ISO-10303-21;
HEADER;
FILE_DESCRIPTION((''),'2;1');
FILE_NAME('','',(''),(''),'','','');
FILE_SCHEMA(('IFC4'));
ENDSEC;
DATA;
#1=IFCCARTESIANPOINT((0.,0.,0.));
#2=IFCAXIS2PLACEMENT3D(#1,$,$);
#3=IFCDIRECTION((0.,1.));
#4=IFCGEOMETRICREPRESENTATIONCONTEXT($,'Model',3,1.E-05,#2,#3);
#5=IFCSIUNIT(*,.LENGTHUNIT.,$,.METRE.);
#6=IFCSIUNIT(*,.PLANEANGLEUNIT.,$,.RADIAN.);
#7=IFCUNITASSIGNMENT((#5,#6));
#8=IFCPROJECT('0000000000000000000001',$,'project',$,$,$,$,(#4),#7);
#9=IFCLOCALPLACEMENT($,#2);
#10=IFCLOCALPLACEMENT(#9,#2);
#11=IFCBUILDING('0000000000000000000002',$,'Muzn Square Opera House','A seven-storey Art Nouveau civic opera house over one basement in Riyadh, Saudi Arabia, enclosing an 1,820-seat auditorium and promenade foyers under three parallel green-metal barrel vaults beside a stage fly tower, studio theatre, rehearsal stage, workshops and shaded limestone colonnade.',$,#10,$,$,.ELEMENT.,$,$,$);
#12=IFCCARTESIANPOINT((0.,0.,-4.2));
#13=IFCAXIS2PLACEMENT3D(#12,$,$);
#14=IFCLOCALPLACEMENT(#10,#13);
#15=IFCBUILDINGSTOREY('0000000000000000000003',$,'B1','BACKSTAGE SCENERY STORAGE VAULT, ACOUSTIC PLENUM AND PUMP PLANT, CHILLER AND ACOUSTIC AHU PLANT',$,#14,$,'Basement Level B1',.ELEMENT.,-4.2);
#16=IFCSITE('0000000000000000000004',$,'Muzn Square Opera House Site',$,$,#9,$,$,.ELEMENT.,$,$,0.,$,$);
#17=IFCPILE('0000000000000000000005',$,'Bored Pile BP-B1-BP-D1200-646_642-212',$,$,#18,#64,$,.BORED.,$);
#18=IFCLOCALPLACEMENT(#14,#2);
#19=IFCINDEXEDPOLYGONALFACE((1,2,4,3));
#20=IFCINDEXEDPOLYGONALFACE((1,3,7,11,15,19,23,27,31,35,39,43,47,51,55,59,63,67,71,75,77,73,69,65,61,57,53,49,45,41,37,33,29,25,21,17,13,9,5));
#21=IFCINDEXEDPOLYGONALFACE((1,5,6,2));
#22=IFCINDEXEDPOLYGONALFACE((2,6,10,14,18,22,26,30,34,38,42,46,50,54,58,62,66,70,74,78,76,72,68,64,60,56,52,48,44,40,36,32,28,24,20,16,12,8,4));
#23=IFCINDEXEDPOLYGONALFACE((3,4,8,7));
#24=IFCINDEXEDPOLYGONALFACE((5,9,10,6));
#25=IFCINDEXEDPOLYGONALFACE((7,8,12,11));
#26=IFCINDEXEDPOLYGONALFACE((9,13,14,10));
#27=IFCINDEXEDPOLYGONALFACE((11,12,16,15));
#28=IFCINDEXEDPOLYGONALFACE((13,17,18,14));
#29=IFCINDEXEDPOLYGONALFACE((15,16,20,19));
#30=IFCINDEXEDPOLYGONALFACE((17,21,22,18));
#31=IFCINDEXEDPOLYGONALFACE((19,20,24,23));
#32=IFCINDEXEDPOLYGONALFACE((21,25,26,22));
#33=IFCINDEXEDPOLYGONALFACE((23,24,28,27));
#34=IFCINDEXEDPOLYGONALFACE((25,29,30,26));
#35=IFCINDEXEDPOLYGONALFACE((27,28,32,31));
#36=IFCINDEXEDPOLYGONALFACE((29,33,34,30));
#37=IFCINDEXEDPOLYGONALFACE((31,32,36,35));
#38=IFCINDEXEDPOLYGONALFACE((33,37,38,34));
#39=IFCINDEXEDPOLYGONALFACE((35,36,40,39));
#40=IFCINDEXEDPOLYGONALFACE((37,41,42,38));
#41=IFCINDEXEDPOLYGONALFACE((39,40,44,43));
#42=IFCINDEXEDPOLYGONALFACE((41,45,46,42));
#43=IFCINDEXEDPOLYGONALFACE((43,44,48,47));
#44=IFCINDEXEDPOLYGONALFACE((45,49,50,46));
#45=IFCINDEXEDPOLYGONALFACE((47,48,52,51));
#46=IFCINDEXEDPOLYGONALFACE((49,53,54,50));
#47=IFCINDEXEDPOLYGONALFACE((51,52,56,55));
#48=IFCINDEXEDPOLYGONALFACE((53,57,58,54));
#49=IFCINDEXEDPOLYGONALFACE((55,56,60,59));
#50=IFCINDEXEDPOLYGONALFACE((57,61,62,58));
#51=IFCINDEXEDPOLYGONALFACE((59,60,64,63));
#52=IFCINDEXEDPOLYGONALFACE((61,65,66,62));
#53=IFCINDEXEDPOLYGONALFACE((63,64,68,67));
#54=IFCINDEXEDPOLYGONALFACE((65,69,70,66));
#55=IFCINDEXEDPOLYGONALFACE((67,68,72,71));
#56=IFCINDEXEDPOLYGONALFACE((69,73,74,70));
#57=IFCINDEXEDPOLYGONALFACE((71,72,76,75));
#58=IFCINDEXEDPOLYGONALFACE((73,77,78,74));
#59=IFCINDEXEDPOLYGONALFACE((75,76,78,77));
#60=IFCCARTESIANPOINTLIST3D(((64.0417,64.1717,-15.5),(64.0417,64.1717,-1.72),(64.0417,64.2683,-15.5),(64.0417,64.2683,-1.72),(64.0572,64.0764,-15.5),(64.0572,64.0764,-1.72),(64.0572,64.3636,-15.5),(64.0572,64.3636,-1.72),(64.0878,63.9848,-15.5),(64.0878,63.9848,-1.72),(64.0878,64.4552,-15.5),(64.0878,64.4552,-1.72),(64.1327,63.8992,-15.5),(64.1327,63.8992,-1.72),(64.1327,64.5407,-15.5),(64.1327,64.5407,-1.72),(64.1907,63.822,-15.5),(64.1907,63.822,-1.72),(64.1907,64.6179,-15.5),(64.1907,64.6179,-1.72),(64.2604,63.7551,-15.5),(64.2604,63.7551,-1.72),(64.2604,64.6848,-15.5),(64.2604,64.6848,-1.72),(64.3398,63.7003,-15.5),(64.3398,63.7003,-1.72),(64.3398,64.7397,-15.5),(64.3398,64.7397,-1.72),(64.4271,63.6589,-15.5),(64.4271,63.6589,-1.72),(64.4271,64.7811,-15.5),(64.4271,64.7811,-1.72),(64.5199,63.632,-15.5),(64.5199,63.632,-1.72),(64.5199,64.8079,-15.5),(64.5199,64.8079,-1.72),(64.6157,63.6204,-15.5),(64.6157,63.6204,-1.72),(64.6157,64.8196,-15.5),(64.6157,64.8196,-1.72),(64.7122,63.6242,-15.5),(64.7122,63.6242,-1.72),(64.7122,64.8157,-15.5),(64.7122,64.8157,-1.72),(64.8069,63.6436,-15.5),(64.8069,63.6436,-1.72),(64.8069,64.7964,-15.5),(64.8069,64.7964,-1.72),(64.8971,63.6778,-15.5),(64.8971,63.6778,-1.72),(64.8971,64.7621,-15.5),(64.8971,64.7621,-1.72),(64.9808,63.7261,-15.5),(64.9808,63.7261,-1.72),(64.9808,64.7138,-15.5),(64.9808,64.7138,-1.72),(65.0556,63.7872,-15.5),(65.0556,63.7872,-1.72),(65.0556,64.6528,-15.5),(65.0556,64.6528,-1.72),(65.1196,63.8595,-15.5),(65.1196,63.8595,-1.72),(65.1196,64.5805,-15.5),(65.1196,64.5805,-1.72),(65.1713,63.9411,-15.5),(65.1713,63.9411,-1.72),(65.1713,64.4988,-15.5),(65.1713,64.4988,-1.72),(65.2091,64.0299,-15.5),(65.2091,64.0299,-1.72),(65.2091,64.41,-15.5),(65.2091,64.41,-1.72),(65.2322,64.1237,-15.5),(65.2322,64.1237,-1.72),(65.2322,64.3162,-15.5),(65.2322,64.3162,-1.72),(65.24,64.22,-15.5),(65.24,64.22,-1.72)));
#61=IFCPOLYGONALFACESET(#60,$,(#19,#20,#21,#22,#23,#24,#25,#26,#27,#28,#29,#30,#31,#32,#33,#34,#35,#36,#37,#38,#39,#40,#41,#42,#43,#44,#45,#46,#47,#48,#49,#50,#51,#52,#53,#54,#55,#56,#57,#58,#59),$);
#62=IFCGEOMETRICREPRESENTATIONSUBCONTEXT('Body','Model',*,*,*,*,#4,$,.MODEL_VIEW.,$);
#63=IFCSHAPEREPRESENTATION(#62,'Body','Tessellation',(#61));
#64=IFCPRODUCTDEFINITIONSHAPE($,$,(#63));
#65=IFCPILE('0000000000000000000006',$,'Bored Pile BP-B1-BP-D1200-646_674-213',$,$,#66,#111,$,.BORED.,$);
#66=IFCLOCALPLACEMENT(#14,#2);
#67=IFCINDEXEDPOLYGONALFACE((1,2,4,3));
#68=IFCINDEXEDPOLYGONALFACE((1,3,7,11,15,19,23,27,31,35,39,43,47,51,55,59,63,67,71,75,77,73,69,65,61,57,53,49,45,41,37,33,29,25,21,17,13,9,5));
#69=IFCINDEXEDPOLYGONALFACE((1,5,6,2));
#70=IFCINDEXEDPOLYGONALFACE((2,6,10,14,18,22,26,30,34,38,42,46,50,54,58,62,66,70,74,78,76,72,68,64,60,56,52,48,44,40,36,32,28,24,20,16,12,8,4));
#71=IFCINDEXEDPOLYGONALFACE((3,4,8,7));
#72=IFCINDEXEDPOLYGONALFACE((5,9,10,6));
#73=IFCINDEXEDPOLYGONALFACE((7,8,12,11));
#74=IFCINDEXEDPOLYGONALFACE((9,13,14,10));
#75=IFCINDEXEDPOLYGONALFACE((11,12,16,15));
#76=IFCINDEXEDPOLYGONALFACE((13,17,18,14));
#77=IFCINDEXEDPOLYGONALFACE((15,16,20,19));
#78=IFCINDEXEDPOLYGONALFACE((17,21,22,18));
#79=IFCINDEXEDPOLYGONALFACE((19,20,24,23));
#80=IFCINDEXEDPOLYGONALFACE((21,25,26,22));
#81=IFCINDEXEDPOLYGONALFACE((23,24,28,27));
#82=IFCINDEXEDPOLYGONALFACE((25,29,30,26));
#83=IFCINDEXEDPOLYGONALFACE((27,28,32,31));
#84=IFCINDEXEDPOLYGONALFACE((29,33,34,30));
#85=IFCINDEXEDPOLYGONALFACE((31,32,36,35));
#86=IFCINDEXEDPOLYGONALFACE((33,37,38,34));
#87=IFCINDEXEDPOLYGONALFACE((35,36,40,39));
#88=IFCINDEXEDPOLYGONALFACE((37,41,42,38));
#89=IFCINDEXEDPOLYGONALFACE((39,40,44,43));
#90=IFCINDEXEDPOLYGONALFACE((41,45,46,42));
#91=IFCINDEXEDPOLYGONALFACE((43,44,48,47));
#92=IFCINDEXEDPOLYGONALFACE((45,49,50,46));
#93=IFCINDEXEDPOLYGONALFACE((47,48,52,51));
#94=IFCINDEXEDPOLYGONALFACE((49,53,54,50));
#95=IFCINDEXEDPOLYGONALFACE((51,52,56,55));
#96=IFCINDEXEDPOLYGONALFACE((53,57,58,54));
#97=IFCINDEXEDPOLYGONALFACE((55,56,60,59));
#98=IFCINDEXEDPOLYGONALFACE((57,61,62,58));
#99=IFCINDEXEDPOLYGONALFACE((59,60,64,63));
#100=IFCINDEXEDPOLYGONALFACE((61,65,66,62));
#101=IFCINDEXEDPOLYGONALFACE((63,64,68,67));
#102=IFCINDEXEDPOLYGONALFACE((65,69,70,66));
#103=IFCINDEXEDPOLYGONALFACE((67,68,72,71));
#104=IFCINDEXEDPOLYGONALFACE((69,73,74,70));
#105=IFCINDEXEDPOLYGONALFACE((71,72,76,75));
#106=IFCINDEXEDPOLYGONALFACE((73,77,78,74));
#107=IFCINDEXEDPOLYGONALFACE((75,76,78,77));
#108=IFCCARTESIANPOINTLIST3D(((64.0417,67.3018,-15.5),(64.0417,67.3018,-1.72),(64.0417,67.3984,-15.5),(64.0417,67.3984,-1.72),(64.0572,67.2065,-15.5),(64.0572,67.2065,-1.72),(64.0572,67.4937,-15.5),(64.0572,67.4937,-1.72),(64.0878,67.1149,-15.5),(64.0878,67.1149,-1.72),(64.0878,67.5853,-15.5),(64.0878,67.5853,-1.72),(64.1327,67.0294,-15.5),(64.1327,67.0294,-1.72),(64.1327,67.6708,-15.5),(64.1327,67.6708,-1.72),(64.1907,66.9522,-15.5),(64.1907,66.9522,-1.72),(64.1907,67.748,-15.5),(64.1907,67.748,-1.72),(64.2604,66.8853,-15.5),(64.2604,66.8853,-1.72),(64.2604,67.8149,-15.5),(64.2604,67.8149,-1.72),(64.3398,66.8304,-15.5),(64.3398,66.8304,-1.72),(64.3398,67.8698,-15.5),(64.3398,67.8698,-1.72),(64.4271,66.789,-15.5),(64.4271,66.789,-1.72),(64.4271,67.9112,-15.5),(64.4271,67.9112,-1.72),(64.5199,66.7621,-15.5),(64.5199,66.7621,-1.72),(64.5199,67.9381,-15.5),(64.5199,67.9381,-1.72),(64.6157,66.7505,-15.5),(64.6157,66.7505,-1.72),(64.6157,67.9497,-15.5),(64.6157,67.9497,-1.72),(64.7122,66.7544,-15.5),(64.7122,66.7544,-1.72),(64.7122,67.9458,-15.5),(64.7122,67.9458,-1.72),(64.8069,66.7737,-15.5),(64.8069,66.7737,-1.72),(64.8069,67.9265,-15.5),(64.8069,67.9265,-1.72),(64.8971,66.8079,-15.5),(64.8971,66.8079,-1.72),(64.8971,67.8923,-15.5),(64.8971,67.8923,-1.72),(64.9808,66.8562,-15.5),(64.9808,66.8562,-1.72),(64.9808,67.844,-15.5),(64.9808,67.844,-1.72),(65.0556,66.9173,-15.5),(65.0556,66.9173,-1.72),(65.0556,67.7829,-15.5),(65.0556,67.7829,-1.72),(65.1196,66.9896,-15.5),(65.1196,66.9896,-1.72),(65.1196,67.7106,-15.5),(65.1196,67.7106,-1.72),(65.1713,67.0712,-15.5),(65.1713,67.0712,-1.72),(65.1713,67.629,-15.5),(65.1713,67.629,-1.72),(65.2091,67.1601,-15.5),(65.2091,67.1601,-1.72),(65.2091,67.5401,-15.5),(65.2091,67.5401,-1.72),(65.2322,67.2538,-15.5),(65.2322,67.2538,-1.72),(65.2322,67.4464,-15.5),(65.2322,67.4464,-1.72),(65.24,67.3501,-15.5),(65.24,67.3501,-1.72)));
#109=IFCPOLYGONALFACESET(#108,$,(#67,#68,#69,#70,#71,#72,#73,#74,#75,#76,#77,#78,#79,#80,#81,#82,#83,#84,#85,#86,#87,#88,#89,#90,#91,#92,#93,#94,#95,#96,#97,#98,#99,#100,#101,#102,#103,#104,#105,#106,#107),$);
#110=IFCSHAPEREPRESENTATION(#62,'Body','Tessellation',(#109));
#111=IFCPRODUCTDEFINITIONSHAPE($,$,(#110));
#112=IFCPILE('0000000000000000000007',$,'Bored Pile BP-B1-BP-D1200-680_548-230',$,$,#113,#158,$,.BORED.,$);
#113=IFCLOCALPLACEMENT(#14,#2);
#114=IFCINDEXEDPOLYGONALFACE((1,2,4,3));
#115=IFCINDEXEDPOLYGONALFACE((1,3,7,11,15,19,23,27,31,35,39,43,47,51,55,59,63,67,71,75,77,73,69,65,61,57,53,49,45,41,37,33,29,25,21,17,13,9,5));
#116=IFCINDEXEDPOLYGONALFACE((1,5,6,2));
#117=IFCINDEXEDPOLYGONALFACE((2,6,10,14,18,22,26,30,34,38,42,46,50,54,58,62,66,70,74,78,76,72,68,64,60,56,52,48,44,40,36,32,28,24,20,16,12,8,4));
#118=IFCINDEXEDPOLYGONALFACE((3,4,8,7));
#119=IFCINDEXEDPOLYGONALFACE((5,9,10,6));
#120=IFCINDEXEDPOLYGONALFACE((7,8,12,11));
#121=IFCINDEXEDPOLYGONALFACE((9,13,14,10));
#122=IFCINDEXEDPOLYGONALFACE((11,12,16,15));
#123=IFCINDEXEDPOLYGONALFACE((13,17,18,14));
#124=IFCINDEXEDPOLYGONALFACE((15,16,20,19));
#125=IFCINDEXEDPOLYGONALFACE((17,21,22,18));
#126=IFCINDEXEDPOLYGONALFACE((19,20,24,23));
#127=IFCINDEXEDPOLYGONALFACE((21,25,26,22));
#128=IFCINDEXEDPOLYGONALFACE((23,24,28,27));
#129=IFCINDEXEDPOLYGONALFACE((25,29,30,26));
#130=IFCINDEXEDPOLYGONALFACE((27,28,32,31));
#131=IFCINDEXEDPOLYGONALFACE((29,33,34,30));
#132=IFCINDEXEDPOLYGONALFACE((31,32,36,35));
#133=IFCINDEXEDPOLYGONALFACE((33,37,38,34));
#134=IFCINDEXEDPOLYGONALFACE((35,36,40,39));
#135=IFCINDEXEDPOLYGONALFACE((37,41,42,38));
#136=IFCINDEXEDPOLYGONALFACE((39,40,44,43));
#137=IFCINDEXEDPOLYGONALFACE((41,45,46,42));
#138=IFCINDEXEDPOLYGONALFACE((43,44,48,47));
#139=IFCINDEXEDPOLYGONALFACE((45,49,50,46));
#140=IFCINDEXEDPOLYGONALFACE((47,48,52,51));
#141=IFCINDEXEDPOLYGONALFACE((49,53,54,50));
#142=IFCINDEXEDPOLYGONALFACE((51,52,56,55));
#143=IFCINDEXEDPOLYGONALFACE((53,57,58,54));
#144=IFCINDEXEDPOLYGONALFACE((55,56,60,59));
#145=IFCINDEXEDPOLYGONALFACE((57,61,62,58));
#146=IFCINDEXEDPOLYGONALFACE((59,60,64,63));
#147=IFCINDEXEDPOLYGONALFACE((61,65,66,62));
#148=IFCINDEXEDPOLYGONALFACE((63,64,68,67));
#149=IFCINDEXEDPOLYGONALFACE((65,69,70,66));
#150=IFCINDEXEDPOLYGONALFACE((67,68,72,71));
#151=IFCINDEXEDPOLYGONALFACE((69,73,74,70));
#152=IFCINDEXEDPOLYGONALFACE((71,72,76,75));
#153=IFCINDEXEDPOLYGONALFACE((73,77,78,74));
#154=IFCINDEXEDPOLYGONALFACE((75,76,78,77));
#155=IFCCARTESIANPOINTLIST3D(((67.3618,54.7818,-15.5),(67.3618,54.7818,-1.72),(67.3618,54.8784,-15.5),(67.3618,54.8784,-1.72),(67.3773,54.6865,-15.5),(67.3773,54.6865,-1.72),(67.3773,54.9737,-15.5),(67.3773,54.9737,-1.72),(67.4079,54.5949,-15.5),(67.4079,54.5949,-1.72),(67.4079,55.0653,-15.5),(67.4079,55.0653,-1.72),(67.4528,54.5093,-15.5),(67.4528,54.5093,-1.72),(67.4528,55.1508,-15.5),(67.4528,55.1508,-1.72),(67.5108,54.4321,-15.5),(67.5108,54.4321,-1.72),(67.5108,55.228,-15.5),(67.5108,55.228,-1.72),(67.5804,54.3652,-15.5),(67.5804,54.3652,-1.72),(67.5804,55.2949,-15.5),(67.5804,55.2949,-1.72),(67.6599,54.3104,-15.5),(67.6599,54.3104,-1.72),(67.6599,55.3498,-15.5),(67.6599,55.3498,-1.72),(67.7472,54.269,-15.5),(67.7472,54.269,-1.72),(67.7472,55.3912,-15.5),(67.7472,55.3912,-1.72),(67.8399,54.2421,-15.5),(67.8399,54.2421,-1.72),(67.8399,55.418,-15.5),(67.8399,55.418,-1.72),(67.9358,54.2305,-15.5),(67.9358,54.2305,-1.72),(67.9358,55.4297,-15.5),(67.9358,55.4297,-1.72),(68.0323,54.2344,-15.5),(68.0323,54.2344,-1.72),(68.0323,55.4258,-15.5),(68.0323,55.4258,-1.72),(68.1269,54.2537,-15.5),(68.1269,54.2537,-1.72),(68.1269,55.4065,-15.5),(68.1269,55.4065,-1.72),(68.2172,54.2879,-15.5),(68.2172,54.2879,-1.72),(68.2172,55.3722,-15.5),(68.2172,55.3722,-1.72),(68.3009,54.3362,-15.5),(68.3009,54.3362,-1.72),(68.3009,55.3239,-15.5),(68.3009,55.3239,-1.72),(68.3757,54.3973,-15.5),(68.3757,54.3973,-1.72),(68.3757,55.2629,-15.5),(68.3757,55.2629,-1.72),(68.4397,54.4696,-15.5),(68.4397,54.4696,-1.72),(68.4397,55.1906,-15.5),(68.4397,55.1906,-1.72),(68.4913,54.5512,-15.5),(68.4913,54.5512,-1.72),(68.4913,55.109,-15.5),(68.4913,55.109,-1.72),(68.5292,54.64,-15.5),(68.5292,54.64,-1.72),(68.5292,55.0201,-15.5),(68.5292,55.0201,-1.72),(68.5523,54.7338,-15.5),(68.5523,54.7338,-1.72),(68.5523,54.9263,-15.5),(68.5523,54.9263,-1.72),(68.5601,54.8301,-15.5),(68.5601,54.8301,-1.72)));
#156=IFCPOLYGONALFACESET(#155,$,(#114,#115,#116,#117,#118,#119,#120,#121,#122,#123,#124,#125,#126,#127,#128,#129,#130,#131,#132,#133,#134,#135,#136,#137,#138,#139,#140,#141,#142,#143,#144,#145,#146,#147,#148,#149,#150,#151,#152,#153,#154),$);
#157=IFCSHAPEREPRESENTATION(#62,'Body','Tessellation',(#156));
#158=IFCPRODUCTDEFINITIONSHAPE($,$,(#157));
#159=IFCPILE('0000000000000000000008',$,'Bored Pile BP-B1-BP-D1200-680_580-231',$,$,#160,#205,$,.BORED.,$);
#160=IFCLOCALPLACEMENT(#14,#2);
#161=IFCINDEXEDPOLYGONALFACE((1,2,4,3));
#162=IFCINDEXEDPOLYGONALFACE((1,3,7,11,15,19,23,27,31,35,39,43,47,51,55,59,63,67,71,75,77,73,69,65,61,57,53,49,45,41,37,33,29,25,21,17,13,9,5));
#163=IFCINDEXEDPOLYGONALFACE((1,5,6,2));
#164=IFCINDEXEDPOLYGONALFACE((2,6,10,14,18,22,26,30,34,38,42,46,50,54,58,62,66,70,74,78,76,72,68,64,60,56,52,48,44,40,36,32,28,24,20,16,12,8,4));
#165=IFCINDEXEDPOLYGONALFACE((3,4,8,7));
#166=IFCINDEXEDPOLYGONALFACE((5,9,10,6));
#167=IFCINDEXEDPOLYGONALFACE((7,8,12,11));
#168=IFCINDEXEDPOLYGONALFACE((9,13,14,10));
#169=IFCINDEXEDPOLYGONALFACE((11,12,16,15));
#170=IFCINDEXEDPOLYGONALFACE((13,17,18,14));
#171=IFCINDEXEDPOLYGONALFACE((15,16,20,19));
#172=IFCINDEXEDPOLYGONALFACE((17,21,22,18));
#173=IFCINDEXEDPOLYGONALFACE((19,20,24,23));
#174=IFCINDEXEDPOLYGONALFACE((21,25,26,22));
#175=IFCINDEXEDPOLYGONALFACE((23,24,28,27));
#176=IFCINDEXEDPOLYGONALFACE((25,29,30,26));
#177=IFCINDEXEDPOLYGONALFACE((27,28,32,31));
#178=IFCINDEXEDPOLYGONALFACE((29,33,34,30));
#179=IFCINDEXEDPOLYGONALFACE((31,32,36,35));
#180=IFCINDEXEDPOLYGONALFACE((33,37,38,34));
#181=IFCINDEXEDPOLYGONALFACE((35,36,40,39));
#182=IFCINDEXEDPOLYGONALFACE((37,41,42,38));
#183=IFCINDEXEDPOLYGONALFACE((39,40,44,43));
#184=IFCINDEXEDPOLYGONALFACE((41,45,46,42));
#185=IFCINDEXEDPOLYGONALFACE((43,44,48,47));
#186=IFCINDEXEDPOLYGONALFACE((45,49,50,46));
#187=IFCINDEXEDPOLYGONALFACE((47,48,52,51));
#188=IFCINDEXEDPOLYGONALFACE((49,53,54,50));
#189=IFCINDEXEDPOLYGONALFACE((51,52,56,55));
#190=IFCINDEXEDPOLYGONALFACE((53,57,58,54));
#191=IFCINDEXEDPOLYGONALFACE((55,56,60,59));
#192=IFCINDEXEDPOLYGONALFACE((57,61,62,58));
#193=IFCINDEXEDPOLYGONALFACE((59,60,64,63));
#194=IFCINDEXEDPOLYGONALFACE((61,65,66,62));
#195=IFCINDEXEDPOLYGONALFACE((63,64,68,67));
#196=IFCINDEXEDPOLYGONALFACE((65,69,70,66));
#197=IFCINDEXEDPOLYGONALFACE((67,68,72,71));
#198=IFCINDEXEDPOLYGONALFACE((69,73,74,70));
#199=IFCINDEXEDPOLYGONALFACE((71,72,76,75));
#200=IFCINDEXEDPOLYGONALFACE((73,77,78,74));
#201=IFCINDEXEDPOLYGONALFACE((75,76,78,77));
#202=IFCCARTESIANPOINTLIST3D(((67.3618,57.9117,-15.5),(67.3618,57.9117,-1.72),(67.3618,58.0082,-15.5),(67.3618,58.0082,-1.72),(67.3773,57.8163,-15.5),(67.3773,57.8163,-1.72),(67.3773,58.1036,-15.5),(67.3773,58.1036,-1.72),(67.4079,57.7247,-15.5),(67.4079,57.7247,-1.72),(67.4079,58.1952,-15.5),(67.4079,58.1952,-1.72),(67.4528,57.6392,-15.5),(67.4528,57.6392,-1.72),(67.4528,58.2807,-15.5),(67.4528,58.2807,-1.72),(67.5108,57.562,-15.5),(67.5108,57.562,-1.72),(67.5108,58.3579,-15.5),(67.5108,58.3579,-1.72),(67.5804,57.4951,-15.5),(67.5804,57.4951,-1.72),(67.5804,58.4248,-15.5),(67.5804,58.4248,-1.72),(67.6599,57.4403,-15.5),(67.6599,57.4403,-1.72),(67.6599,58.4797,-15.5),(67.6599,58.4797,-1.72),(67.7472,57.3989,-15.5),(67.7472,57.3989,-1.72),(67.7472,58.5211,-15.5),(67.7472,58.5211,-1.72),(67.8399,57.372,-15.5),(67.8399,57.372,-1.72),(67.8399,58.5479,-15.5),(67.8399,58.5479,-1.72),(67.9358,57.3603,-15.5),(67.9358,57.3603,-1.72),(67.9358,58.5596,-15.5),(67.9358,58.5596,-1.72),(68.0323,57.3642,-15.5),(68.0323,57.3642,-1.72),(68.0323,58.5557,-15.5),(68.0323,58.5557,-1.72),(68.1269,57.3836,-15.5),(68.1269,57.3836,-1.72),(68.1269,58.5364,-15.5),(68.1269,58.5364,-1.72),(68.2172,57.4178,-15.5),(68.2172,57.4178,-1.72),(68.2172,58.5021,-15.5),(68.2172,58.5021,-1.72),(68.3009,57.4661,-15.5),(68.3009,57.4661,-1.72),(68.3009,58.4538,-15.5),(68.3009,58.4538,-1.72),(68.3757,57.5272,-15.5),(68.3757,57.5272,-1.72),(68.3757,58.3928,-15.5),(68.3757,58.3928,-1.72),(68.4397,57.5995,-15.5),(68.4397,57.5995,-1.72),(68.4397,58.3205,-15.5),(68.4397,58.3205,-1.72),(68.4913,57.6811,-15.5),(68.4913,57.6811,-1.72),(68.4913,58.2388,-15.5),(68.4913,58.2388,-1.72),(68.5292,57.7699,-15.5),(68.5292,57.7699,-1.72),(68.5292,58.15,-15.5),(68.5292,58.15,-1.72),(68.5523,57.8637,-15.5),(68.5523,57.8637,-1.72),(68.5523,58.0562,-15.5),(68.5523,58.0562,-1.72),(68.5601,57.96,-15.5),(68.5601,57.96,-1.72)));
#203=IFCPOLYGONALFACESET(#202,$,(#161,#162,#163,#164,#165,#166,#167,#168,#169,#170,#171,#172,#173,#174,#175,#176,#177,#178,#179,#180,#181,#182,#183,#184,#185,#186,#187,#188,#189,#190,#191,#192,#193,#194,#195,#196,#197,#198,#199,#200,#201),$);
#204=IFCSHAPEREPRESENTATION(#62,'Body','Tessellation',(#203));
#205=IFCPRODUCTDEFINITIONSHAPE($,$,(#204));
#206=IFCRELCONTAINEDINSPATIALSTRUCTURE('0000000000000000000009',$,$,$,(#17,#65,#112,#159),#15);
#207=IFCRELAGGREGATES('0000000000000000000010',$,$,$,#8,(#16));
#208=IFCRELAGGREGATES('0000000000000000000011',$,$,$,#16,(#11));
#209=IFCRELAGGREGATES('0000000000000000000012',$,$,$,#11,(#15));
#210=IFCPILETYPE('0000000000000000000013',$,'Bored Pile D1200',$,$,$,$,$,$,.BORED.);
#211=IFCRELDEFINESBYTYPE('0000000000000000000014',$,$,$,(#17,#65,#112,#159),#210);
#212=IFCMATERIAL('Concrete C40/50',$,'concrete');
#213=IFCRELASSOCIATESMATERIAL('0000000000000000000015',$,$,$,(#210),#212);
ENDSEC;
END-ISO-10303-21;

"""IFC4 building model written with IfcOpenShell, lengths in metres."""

from ifc_helpers import new_model, si_unit, direction, frame, origin, origin_2d, place, context, subcontext, project, spatial, circle, extrude, material, material_profile, profile_set, type_object, element, save


model = new_model("IFC4")

# Units and contexts
model_context = context("Model", 3, precision=1e-05, world=origin(), true_north=direction((0.0, 1.0)))
body_context = subcontext(model_context, "Body", "Model", "MODEL_VIEW")
ifc_project = project(units=[si_unit("LENGTHUNIT", "METRE"), si_unit("PLANEANGLEUNIT", "RADIAN")], contexts=[model_context])

# Site, building, storey
site_placement = place(None, origin())
site = spatial("IfcSite", under=ifc_project, at=site_placement, Name="Muzn Square Opera House Site", CompositionType="ELEMENT", RefElevation=0.0)
building_placement = place(site_placement, origin())
building = spatial("IfcBuilding", under=site, at=building_placement, Name="Muzn Square Opera House", Description="A seven-storey Art Nouveau civic opera house over one basement in Riyadh, Saudi Arabia, enclosing an 1,820-seat auditorium and promenade foyers under three parallel green-metal barrel vaults beside a stage fly tower, studio theatre, rehearsal stage, workshops and shaded limestone colonnade.", CompositionType="ELEMENT")
storey_placement = place(building_placement, frame((0.0, 0.0, -4.2)))
storey = spatial("IfcBuildingStorey", under=building, at=storey_placement, Name="B1", Description="BACKSTAGE SCENERY STORAGE VAULT, ACOUSTIC PLENUM AND PUMP PLANT, CHILLER AND ACOUSTIC AHU PLANT", LongName="Basement Level B1", CompositionType="ELEMENT", Elevation=-4.2)

# Piles
ifc_material_1 = material(Name="Concrete C40/50", Category="concrete")
ifc_material_profile_1 = material_profile(ifc_material_1, circle(Radius=0.6001, at=origin_2d()), Name="BORED PILE D1200", Category="concrete")
ifc_profile_set_1 = profile_set([ifc_material_profile_1], Name="Concrete C40/50")
pile_type = type_object("IfcPileType", Name="Bored Pile D1200", PredefinedType="BORED", material=ifc_profile_set_1)
for number, where, z_axis, x_axis, name in (
    (1, (64.6399, 64.22, -1.72), (0.0, 0.0, -1.0), (1.0, 0.0, 0.0), "Bored Pile BP-B1-BP-D1200-646_642-212"),
    (2, (64.6399, 67.3501, -1.72), (0.0, 0.0, -1.0), (1.0, 0.0, 0.0), "Bored Pile BP-B1-BP-D1200-646_674-213"),
    (3, (67.96, 54.8301, -1.72), (0.0, 0.0, -1.0), (1.0, 0.0, 0.0), "Bored Pile BP-B1-BP-D1200-680_548-230"),
    (4, (67.96, 57.96, -1.72), (0.0, 0.0, -1.0), (1.0, 0.0, 0.0), "Bored Pile BP-B1-BP-D1200-680_580-231"),
):
    element("IfcPile", number, at=place(storey_placement, frame(where, z_axis=z_axis, x_axis=x_axis)), inside=storey, type_object=pile_type, Name=name, PredefinedType="BORED", context=body_context, shape_type="SweptSolid", body=[
        extrude(circle(Radius=0.6001, at=origin_2d()), origin(), (0.0, 0.0, 1.0), 13.78),
    ])

save(model, "model.ifc")
